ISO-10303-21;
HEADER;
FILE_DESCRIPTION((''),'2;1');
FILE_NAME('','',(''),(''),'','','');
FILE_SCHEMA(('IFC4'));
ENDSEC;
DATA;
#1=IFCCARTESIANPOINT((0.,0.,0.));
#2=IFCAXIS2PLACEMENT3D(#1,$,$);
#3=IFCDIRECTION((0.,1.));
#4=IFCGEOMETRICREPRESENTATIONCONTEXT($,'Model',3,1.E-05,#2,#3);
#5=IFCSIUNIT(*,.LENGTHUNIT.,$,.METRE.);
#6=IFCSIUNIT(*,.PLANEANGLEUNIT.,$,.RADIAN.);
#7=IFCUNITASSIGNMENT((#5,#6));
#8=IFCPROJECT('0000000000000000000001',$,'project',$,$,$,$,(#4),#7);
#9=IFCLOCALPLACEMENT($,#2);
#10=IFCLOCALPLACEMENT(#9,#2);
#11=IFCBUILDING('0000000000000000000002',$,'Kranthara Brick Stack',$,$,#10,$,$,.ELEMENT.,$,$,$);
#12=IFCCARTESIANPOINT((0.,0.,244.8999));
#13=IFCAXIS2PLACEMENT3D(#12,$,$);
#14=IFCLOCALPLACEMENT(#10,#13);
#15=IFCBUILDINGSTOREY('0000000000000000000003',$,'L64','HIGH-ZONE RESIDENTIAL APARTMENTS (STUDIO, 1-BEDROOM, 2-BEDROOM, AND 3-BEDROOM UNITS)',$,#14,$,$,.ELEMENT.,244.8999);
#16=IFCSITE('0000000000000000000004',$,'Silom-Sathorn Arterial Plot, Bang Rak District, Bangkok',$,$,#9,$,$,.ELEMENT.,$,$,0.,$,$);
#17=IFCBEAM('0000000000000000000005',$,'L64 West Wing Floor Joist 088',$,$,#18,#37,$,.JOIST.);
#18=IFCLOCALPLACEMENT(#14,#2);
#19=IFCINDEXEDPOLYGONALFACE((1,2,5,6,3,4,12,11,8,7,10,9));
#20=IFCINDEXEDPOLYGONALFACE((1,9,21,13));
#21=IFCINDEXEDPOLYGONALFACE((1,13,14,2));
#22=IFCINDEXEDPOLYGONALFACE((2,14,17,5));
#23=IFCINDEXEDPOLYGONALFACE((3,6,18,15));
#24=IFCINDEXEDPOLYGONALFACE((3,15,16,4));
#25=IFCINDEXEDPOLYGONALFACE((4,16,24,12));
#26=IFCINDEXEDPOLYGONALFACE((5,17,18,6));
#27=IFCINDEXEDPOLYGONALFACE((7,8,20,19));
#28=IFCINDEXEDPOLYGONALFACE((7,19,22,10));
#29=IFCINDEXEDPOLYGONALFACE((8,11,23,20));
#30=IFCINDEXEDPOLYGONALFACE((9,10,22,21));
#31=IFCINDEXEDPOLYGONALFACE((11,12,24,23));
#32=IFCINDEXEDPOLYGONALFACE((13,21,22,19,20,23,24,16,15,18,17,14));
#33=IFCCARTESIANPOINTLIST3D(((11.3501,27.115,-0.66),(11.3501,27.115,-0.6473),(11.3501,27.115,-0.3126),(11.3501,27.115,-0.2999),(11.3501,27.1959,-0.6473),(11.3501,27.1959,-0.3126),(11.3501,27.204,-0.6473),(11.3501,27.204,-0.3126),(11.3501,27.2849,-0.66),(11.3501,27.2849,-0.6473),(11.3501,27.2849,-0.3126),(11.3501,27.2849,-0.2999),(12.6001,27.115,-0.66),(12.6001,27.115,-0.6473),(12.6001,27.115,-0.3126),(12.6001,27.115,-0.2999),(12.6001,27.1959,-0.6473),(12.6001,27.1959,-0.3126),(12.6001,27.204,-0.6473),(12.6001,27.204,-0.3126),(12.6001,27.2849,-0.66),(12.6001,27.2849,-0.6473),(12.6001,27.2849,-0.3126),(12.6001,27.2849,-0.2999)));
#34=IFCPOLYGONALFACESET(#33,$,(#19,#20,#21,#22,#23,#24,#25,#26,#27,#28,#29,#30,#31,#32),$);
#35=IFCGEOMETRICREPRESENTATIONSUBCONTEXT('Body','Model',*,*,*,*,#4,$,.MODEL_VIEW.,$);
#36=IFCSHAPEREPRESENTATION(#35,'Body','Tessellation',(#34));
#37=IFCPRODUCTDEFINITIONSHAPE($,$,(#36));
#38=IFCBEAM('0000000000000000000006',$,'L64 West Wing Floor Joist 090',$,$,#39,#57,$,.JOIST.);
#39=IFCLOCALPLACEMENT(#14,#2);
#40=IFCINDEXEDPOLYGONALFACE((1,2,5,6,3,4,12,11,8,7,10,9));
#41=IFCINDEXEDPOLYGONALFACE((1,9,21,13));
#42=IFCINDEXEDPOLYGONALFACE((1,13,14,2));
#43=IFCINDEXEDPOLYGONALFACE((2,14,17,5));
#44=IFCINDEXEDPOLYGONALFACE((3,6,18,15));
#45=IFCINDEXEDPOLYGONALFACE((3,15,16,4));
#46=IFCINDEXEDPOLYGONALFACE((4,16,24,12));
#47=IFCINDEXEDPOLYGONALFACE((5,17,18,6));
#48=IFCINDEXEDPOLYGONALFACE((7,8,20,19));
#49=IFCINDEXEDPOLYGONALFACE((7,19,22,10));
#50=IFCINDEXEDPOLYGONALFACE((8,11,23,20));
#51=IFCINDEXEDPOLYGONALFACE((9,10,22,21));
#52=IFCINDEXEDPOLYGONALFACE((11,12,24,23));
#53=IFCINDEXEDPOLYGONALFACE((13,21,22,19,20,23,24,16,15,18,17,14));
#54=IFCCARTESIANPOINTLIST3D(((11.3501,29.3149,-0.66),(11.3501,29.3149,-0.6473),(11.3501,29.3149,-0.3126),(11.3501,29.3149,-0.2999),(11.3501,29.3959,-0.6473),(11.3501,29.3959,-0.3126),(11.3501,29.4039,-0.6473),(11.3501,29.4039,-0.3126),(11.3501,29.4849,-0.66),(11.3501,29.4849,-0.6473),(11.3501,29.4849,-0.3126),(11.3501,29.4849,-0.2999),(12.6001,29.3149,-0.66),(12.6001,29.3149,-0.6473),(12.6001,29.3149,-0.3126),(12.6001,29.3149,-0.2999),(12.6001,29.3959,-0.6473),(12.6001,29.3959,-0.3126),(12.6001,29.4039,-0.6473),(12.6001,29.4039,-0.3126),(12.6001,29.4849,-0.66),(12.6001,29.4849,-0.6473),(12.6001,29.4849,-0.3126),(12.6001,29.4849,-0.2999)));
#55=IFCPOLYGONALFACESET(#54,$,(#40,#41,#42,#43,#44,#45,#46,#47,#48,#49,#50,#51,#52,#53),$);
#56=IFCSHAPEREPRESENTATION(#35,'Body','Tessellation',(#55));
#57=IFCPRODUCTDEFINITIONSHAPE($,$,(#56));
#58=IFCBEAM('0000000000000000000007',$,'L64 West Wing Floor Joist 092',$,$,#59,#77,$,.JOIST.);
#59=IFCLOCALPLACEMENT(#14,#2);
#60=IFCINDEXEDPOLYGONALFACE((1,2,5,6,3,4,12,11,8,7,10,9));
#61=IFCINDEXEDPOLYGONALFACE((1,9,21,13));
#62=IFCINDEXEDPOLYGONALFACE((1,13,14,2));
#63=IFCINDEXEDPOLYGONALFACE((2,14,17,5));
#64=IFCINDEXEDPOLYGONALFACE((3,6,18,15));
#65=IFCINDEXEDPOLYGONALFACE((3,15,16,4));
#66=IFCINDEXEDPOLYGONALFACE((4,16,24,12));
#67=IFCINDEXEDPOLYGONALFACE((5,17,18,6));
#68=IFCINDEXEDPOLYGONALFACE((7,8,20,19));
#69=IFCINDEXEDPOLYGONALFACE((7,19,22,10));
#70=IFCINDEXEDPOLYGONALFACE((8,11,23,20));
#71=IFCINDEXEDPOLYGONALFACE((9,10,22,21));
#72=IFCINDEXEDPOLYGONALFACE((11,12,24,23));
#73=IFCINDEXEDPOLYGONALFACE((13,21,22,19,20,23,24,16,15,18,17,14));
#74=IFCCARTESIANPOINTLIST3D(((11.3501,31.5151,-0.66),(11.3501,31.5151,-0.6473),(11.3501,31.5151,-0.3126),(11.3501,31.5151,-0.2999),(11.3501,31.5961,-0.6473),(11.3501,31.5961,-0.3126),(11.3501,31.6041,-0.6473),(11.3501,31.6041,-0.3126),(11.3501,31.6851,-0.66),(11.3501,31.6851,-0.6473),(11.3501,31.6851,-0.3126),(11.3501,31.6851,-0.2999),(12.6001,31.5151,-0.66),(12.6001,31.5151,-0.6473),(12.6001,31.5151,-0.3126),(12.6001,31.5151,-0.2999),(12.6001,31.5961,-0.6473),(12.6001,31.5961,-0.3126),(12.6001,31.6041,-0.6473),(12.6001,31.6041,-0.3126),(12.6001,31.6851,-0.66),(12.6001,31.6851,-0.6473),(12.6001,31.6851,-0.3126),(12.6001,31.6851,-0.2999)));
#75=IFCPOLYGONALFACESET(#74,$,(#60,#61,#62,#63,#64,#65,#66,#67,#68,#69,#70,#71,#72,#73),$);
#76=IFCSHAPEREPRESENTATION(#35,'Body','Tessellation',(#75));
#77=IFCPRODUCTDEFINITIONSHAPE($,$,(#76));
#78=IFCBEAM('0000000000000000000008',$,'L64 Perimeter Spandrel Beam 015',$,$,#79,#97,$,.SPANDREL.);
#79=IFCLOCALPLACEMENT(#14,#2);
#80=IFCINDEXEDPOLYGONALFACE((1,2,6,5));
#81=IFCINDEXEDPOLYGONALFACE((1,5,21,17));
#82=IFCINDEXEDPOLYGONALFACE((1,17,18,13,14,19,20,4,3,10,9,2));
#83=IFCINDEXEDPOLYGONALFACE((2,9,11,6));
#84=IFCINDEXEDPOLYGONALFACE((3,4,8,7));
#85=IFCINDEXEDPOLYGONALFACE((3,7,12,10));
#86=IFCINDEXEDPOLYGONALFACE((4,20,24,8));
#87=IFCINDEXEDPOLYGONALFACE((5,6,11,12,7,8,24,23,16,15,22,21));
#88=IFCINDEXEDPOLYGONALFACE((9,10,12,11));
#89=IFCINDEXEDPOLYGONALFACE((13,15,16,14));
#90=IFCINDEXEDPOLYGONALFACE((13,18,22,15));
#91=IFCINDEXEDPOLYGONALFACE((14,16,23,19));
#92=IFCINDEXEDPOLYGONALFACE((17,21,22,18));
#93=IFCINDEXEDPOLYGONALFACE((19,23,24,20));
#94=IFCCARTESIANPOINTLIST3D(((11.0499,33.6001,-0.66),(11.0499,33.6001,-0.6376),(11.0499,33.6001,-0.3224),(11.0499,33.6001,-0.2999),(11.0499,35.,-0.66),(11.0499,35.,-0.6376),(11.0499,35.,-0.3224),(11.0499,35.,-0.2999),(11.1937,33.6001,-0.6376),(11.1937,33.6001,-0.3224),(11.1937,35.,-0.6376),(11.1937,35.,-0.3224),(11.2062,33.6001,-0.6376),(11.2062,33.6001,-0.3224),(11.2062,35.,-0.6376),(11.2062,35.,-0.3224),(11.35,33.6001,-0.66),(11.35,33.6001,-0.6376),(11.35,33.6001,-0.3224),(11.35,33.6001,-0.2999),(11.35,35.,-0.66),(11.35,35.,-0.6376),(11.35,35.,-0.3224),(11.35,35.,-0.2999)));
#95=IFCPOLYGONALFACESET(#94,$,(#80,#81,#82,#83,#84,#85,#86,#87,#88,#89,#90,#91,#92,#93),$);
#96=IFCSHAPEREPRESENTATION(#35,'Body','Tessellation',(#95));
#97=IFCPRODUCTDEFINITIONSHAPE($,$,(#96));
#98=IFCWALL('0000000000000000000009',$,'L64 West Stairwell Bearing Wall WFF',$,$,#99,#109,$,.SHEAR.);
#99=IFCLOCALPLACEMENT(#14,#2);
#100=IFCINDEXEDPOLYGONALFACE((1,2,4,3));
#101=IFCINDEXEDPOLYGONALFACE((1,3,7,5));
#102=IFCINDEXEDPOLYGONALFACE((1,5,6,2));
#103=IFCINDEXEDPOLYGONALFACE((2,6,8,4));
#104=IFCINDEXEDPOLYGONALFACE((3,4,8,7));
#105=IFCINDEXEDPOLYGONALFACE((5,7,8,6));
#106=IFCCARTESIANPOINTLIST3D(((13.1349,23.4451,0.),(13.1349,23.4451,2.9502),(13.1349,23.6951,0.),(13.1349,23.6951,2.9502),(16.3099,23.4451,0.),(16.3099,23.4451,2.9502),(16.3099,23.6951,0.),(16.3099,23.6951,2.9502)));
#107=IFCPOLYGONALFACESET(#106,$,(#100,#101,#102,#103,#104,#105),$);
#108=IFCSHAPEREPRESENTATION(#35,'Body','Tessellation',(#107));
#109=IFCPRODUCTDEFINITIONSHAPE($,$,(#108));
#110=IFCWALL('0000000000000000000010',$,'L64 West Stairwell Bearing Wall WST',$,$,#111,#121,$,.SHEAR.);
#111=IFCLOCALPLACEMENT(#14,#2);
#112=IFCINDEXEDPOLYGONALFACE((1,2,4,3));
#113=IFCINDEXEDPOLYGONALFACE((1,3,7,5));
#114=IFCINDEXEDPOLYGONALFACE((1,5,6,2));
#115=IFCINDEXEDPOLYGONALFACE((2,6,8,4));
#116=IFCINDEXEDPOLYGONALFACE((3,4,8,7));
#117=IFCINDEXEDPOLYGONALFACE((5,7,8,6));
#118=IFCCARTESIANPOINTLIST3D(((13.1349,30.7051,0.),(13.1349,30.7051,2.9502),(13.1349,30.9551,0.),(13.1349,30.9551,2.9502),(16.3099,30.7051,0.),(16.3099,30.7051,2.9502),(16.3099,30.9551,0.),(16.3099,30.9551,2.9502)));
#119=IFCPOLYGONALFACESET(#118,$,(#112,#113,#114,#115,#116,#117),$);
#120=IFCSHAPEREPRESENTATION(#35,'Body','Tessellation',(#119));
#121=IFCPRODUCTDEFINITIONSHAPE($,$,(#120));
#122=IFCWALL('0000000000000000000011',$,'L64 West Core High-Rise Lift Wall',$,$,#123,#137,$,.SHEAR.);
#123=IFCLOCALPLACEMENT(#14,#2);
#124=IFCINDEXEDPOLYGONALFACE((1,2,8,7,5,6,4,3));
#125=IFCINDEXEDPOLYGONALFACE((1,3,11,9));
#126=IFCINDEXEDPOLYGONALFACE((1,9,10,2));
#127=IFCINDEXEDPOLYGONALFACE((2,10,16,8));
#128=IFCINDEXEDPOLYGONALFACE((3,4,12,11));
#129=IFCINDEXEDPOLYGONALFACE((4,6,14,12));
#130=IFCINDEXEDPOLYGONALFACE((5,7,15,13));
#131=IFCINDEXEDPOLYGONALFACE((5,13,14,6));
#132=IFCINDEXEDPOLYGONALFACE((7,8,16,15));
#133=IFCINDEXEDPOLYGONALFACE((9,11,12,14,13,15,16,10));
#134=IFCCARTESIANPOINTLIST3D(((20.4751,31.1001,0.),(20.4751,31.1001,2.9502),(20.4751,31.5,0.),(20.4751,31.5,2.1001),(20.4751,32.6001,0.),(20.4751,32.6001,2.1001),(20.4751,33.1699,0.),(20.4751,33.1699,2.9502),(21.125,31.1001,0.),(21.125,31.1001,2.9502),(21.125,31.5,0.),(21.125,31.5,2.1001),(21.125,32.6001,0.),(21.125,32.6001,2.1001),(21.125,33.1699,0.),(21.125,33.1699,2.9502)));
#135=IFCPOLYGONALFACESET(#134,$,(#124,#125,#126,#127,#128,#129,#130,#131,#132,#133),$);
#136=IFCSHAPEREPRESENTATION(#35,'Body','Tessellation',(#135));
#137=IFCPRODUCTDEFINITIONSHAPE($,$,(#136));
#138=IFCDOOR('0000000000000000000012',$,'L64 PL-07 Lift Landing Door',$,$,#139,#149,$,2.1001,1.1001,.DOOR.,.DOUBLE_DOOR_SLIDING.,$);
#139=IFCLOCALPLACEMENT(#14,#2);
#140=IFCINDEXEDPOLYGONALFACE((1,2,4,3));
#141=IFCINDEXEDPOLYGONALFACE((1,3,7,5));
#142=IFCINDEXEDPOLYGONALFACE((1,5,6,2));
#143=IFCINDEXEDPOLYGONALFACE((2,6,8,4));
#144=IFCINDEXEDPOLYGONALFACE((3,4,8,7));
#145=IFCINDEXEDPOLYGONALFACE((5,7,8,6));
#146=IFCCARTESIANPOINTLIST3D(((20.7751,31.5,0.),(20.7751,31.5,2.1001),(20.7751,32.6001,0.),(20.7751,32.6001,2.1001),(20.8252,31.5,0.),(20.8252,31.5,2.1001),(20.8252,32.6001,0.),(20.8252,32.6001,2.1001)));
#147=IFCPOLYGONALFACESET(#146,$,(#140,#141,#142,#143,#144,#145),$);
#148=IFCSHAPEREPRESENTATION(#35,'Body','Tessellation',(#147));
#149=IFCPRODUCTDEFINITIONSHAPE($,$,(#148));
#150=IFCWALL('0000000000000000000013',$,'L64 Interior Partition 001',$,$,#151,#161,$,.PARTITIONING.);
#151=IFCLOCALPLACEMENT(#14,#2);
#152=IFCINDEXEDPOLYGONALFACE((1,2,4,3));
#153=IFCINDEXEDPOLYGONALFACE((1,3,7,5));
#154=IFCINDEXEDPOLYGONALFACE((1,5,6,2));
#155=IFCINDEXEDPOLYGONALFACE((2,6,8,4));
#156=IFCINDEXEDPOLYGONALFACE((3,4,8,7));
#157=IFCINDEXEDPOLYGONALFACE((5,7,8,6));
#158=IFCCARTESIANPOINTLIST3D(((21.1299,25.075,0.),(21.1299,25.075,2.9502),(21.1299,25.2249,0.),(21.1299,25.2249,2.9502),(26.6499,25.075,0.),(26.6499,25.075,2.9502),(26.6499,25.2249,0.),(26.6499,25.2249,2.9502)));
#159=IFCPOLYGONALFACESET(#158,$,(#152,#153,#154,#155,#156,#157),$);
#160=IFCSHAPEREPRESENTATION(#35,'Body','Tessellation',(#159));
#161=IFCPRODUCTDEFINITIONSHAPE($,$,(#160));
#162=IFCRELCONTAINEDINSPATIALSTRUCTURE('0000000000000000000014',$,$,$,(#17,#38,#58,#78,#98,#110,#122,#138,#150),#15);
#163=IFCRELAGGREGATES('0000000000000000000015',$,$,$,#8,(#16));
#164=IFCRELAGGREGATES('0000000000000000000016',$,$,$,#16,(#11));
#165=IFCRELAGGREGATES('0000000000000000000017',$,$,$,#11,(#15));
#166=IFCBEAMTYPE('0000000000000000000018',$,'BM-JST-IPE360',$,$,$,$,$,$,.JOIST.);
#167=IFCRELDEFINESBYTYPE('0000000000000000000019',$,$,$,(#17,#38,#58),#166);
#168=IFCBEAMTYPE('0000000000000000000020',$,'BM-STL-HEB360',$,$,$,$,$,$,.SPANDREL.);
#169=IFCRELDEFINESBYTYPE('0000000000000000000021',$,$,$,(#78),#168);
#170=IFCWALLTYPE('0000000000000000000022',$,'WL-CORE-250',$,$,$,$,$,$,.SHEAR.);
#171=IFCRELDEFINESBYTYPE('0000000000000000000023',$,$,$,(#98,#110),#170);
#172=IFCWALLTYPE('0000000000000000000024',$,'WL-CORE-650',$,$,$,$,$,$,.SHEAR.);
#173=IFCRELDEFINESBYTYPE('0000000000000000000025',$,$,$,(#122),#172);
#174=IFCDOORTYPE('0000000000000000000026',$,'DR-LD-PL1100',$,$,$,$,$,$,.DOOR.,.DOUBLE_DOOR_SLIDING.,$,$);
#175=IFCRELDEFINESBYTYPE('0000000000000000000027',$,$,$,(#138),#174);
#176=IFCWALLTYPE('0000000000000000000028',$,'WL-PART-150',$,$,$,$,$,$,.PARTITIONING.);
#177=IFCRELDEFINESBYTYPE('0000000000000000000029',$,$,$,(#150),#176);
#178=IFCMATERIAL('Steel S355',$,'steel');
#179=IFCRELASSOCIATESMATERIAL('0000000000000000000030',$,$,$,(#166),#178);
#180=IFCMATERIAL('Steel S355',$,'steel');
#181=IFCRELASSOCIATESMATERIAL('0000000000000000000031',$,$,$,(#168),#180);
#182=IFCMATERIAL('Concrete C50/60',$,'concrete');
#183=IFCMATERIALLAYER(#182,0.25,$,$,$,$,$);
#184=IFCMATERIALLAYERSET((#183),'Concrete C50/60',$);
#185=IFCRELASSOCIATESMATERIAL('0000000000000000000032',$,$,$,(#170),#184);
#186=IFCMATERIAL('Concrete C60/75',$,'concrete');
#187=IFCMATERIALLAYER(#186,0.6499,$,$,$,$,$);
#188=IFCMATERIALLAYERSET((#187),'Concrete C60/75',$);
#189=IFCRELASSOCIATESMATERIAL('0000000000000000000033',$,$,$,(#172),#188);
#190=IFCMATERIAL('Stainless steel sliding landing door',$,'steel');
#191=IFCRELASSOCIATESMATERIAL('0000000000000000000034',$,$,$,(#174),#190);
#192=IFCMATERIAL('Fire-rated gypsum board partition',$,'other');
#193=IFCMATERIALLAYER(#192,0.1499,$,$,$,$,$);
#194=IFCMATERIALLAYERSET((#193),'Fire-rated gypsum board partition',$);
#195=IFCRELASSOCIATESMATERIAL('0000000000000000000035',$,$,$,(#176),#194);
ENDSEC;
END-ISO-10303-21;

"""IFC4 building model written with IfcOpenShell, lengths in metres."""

from ifc_helpers import new_model, si_unit, direction, frame, frame_2d, origin, origin_2d, place, context, subcontext, project, spatial, rectangle, i_section, extrude, material, layer, layer_set, material_profile, profile_set, type_object, element, fill, save


model = new_model("IFC4")

# Units and contexts
model_context = context("Model", 3, precision=1e-05, world=origin(), true_north=direction((0.0, 1.0)))
body_context = subcontext(model_context, "Body", "Model", "MODEL_VIEW")
ifc_project = project(units=[si_unit("LENGTHUNIT", "METRE"), si_unit("PLANEANGLEUNIT", "RADIAN")], contexts=[model_context])

# Site, building, storey
site_placement = place(None, origin())
site = spatial("IfcSite", under=ifc_project, at=site_placement, Name="Silom-Sathorn Arterial Plot, Bang Rak District, Bangkok", CompositionType="ELEMENT", RefElevation=0.0)
building_placement = place(site_placement, origin())
building = spatial("IfcBuilding", under=site, at=building_placement, Name="Kranthara Brick Stack", CompositionType="ELEMENT")
storey_placement = place(building_placement, frame((0.0, 0.0, 244.8999)))
storey = spatial("IfcBuildingStorey", under=building, at=storey_placement, Name="L64", Description="HIGH-ZONE RESIDENTIAL APARTMENTS (STUDIO, 1-BEDROOM, 2-BEDROOM, AND 3-BEDROOM UNITS)", CompositionType="ELEMENT", Elevation=244.8999)

# Beams
ifc_material_1 = material(Name="Steel S355", Category="steel")
ifc_material_profile_1 = material_profile(ifc_material_1, i_section(OverallWidth=0.1699, OverallDepth=0.3601, WebThickness=0.0081, FlangeThickness=0.0127, at=origin_2d()), Name="IPE 360")
ifc_profile_set_1 = profile_set([ifc_material_profile_1], Name="Steel S355")
beam_type_1 = type_object("IfcBeamType", Name="BM-JST-IPE360", PredefinedType="JOIST", material=ifc_profile_set_1)
for number, where, z_axis, x_axis, name in (
    (1, (11.3501, 27.2, -0.48), (1.0, 0.0, 0.0), (0.0, 1.0, 0.0), "L64 West Wing Floor Joist 088"),
    (2, (11.3501, 29.3999, -0.48), (1.0, 0.0, 0.0), (0.0, 1.0, 0.0), "L64 West Wing Floor Joist 090"),
    (3, (11.3501, 31.6001, -0.48), (1.0, 0.0, 0.0), (0.0, 1.0, 0.0), "L64 West Wing Floor Joist 092"),
):
    element("IfcBeam", number, at=place(storey_placement, frame(where, z_axis=z_axis, x_axis=x_axis)), inside=storey, type_object=beam_type_1, Name=name, PredefinedType="JOIST", context=body_context, shape_type="SweptSolid", body=[
        extrude(i_section(OverallWidth=0.1699, OverallDepth=0.3601, WebThickness=0.0081, FlangeThickness=0.0127, at=origin_2d()), origin(), (0.0, 0.0, 1.0), 1.25),
    ])
ifc_material_2 = material(Name="Steel S355", Category="steel")
ifc_material_profile_2 = material_profile(ifc_material_2, i_section(OverallWidth=0.3, OverallDepth=0.3601, WebThickness=0.0125, FlangeThickness=0.0225, at=origin_2d()), Name="HEB 360")
ifc_profile_set_2 = profile_set([ifc_material_profile_2], Name="Steel S355")
beam_type_2 = type_object("IfcBeamType", Name="BM-STL-HEB360", PredefinedType="SPANDREL", material=ifc_profile_set_2)
beam_placement = place(storey_placement, frame((11.2, 33.6001, -0.48), z_axis=(0.0, 1.0, 0.0), x_axis=(-1.0, 0.0, 0.0)))
element("IfcBeam", 4, at=beam_placement, inside=storey, type_object=beam_type_2, Name="L64 Perimeter Spandrel Beam 015", PredefinedType="SPANDREL", context=body_context, shape_type="SweptSolid", body=[
    extrude(i_section(OverallWidth=0.3, OverallDepth=0.3601, WebThickness=0.0125, FlangeThickness=0.0225, at=origin_2d()), origin(), (0.0, 0.0, 1.0), 1.3999),
])

# Walls
ifc_material_3 = material(Name="Concrete C50/60", Category="concrete")
ifc_layer_1 = layer(ifc_material_3, 0.25)
ifc_layer_set_1 = layer_set([ifc_layer_1], Name="Concrete C50/60")
wall_type_1 = type_object("IfcWallType", Name="WL-CORE-250", PredefinedType="SHEAR", material=ifc_layer_set_1)
for number, where, z_axis, x_axis, name in (
    (5, (13.135, 23.5701, 0.0), (0.0, 0.0, 1.0), (1.0, 0.0, 0.0), "L64 West Stairwell Bearing Wall WFF"),
    (6, (13.135, 30.8301, 0.0), (0.0, 0.0, 1.0), (1.0, 0.0, 0.0), "L64 West Stairwell Bearing Wall WST"),
):
    element("IfcWall", number, at=place(storey_placement, frame(where, z_axis=z_axis, x_axis=x_axis)), inside=storey, type_object=wall_type_1, Name=name, PredefinedType="SHEAR", context=body_context, shape_type="SweptSolid", body=[
        extrude(rectangle(XDim=3.175, YDim=0.25, at=frame_2d((1.5874, 0.0))), origin(), (0.0, 0.0, 1.0), 2.9502),
    ])

# Wall, opening, door
ifc_material_4 = material(Name="Concrete C60/75", Category="concrete")
ifc_layer_2 = layer(ifc_material_4, 0.6499)
ifc_layer_set_2 = layer_set([ifc_layer_2], Name="Concrete C60/75")
wall_type_2 = type_object("IfcWallType", Name="WL-CORE-650", PredefinedType="SHEAR", material=ifc_layer_set_2)
wall_1_placement = place(storey_placement, frame((20.8, 31.1001, 0.0), z_axis=(0.0, 0.0, 1.0), x_axis=(0.0, 1.0, 0.0)))
wall_1 = element("IfcWall", 7, at=wall_1_placement, inside=storey, type_object=wall_type_2, Name="L64 West Core High-Rise Lift Wall", PredefinedType="SHEAR", context=body_context, shape_type="SweptSolid", body=[
    extrude(rectangle(XDim=2.0698, YDim=0.6499, at=frame_2d((1.0349, 0.0))), origin(), (0.0, 0.0, 1.0), 2.9502),
])
opening_1_placement = place(wall_1_placement, frame((0.3999, 0.0, 0.0)))
opening_1 = element("IfcOpeningElement", 8, at=opening_1_placement, cuts=wall_1, PredefinedType="OPENING", context=body_context, shape_type="SweptSolid", body=[
    extrude(rectangle(XDim=1.1001, YDim=2.1001, at=frame_2d((0.55, 1.05))), frame((0.0, 0.335, 0.0), z_axis=(0.0, -1.0, 0.0), x_axis=(1.0, 0.0, 0.0)), (0.0, 0.0, 1.0), 0.6699),
])
ifc_material_5 = material(Name="Stainless steel sliding landing door", Category="steel")
door_type_1 = type_object("IfcDoorType", Name="DR-LD-PL1100", OperationType="DOUBLE_DOOR_SLIDING", PredefinedType="DOOR", material=ifc_material_5)
door_1_placement = place(opening_1_placement, origin())
door_1 = element("IfcDoor", 9, at=door_1_placement, inside=storey, type_object=door_type_1, Name="L64 PL-07 Lift Landing Door", OperationType="DOUBLE_DOOR_SLIDING", OverallHeight=2.1001, OverallWidth=1.1001, PredefinedType="DOOR", context=body_context, shape_type="SweptSolid", body=[
    extrude(rectangle(XDim=1.1001, YDim=2.1001, at=frame_2d((0.55, 1.05))), frame((0.0, 0.0249, 0.0), z_axis=(0.0, -1.0, 0.0), x_axis=(1.0, 0.0, 0.0)), (0.0, 0.0, 1.0), 0.05),
])
fill(opening_1, door_1)

# Wall
ifc_material_6 = material(Name="Fire-rated gypsum board partition", Category="other")
ifc_layer_3 = layer(ifc_material_6, 0.1499)
ifc_layer_set_3 = layer_set([ifc_layer_3], Name="Fire-rated gypsum board partition")
wall_type_3 = type_object("IfcWallType", Name="WL-PART-150", PredefinedType="PARTITIONING", material=ifc_layer_set_3)
wall_2_placement = place(storey_placement, frame((21.1299, 25.1499, 0.0), z_axis=(0.0, 0.0, 1.0), x_axis=(1.0, 0.0, 0.0)))
element("IfcWall", 10, at=wall_2_placement, inside=storey, type_object=wall_type_3, Name="L64 Interior Partition 001", PredefinedType="PARTITIONING", context=body_context, shape_type="SweptSolid", body=[
    extrude(rectangle(XDim=5.52, YDim=0.1499, at=frame_2d((2.76, 0.0))), origin(), (0.0, 0.0, 1.0), 2.9502),
])

save(model, "model.ifc")
